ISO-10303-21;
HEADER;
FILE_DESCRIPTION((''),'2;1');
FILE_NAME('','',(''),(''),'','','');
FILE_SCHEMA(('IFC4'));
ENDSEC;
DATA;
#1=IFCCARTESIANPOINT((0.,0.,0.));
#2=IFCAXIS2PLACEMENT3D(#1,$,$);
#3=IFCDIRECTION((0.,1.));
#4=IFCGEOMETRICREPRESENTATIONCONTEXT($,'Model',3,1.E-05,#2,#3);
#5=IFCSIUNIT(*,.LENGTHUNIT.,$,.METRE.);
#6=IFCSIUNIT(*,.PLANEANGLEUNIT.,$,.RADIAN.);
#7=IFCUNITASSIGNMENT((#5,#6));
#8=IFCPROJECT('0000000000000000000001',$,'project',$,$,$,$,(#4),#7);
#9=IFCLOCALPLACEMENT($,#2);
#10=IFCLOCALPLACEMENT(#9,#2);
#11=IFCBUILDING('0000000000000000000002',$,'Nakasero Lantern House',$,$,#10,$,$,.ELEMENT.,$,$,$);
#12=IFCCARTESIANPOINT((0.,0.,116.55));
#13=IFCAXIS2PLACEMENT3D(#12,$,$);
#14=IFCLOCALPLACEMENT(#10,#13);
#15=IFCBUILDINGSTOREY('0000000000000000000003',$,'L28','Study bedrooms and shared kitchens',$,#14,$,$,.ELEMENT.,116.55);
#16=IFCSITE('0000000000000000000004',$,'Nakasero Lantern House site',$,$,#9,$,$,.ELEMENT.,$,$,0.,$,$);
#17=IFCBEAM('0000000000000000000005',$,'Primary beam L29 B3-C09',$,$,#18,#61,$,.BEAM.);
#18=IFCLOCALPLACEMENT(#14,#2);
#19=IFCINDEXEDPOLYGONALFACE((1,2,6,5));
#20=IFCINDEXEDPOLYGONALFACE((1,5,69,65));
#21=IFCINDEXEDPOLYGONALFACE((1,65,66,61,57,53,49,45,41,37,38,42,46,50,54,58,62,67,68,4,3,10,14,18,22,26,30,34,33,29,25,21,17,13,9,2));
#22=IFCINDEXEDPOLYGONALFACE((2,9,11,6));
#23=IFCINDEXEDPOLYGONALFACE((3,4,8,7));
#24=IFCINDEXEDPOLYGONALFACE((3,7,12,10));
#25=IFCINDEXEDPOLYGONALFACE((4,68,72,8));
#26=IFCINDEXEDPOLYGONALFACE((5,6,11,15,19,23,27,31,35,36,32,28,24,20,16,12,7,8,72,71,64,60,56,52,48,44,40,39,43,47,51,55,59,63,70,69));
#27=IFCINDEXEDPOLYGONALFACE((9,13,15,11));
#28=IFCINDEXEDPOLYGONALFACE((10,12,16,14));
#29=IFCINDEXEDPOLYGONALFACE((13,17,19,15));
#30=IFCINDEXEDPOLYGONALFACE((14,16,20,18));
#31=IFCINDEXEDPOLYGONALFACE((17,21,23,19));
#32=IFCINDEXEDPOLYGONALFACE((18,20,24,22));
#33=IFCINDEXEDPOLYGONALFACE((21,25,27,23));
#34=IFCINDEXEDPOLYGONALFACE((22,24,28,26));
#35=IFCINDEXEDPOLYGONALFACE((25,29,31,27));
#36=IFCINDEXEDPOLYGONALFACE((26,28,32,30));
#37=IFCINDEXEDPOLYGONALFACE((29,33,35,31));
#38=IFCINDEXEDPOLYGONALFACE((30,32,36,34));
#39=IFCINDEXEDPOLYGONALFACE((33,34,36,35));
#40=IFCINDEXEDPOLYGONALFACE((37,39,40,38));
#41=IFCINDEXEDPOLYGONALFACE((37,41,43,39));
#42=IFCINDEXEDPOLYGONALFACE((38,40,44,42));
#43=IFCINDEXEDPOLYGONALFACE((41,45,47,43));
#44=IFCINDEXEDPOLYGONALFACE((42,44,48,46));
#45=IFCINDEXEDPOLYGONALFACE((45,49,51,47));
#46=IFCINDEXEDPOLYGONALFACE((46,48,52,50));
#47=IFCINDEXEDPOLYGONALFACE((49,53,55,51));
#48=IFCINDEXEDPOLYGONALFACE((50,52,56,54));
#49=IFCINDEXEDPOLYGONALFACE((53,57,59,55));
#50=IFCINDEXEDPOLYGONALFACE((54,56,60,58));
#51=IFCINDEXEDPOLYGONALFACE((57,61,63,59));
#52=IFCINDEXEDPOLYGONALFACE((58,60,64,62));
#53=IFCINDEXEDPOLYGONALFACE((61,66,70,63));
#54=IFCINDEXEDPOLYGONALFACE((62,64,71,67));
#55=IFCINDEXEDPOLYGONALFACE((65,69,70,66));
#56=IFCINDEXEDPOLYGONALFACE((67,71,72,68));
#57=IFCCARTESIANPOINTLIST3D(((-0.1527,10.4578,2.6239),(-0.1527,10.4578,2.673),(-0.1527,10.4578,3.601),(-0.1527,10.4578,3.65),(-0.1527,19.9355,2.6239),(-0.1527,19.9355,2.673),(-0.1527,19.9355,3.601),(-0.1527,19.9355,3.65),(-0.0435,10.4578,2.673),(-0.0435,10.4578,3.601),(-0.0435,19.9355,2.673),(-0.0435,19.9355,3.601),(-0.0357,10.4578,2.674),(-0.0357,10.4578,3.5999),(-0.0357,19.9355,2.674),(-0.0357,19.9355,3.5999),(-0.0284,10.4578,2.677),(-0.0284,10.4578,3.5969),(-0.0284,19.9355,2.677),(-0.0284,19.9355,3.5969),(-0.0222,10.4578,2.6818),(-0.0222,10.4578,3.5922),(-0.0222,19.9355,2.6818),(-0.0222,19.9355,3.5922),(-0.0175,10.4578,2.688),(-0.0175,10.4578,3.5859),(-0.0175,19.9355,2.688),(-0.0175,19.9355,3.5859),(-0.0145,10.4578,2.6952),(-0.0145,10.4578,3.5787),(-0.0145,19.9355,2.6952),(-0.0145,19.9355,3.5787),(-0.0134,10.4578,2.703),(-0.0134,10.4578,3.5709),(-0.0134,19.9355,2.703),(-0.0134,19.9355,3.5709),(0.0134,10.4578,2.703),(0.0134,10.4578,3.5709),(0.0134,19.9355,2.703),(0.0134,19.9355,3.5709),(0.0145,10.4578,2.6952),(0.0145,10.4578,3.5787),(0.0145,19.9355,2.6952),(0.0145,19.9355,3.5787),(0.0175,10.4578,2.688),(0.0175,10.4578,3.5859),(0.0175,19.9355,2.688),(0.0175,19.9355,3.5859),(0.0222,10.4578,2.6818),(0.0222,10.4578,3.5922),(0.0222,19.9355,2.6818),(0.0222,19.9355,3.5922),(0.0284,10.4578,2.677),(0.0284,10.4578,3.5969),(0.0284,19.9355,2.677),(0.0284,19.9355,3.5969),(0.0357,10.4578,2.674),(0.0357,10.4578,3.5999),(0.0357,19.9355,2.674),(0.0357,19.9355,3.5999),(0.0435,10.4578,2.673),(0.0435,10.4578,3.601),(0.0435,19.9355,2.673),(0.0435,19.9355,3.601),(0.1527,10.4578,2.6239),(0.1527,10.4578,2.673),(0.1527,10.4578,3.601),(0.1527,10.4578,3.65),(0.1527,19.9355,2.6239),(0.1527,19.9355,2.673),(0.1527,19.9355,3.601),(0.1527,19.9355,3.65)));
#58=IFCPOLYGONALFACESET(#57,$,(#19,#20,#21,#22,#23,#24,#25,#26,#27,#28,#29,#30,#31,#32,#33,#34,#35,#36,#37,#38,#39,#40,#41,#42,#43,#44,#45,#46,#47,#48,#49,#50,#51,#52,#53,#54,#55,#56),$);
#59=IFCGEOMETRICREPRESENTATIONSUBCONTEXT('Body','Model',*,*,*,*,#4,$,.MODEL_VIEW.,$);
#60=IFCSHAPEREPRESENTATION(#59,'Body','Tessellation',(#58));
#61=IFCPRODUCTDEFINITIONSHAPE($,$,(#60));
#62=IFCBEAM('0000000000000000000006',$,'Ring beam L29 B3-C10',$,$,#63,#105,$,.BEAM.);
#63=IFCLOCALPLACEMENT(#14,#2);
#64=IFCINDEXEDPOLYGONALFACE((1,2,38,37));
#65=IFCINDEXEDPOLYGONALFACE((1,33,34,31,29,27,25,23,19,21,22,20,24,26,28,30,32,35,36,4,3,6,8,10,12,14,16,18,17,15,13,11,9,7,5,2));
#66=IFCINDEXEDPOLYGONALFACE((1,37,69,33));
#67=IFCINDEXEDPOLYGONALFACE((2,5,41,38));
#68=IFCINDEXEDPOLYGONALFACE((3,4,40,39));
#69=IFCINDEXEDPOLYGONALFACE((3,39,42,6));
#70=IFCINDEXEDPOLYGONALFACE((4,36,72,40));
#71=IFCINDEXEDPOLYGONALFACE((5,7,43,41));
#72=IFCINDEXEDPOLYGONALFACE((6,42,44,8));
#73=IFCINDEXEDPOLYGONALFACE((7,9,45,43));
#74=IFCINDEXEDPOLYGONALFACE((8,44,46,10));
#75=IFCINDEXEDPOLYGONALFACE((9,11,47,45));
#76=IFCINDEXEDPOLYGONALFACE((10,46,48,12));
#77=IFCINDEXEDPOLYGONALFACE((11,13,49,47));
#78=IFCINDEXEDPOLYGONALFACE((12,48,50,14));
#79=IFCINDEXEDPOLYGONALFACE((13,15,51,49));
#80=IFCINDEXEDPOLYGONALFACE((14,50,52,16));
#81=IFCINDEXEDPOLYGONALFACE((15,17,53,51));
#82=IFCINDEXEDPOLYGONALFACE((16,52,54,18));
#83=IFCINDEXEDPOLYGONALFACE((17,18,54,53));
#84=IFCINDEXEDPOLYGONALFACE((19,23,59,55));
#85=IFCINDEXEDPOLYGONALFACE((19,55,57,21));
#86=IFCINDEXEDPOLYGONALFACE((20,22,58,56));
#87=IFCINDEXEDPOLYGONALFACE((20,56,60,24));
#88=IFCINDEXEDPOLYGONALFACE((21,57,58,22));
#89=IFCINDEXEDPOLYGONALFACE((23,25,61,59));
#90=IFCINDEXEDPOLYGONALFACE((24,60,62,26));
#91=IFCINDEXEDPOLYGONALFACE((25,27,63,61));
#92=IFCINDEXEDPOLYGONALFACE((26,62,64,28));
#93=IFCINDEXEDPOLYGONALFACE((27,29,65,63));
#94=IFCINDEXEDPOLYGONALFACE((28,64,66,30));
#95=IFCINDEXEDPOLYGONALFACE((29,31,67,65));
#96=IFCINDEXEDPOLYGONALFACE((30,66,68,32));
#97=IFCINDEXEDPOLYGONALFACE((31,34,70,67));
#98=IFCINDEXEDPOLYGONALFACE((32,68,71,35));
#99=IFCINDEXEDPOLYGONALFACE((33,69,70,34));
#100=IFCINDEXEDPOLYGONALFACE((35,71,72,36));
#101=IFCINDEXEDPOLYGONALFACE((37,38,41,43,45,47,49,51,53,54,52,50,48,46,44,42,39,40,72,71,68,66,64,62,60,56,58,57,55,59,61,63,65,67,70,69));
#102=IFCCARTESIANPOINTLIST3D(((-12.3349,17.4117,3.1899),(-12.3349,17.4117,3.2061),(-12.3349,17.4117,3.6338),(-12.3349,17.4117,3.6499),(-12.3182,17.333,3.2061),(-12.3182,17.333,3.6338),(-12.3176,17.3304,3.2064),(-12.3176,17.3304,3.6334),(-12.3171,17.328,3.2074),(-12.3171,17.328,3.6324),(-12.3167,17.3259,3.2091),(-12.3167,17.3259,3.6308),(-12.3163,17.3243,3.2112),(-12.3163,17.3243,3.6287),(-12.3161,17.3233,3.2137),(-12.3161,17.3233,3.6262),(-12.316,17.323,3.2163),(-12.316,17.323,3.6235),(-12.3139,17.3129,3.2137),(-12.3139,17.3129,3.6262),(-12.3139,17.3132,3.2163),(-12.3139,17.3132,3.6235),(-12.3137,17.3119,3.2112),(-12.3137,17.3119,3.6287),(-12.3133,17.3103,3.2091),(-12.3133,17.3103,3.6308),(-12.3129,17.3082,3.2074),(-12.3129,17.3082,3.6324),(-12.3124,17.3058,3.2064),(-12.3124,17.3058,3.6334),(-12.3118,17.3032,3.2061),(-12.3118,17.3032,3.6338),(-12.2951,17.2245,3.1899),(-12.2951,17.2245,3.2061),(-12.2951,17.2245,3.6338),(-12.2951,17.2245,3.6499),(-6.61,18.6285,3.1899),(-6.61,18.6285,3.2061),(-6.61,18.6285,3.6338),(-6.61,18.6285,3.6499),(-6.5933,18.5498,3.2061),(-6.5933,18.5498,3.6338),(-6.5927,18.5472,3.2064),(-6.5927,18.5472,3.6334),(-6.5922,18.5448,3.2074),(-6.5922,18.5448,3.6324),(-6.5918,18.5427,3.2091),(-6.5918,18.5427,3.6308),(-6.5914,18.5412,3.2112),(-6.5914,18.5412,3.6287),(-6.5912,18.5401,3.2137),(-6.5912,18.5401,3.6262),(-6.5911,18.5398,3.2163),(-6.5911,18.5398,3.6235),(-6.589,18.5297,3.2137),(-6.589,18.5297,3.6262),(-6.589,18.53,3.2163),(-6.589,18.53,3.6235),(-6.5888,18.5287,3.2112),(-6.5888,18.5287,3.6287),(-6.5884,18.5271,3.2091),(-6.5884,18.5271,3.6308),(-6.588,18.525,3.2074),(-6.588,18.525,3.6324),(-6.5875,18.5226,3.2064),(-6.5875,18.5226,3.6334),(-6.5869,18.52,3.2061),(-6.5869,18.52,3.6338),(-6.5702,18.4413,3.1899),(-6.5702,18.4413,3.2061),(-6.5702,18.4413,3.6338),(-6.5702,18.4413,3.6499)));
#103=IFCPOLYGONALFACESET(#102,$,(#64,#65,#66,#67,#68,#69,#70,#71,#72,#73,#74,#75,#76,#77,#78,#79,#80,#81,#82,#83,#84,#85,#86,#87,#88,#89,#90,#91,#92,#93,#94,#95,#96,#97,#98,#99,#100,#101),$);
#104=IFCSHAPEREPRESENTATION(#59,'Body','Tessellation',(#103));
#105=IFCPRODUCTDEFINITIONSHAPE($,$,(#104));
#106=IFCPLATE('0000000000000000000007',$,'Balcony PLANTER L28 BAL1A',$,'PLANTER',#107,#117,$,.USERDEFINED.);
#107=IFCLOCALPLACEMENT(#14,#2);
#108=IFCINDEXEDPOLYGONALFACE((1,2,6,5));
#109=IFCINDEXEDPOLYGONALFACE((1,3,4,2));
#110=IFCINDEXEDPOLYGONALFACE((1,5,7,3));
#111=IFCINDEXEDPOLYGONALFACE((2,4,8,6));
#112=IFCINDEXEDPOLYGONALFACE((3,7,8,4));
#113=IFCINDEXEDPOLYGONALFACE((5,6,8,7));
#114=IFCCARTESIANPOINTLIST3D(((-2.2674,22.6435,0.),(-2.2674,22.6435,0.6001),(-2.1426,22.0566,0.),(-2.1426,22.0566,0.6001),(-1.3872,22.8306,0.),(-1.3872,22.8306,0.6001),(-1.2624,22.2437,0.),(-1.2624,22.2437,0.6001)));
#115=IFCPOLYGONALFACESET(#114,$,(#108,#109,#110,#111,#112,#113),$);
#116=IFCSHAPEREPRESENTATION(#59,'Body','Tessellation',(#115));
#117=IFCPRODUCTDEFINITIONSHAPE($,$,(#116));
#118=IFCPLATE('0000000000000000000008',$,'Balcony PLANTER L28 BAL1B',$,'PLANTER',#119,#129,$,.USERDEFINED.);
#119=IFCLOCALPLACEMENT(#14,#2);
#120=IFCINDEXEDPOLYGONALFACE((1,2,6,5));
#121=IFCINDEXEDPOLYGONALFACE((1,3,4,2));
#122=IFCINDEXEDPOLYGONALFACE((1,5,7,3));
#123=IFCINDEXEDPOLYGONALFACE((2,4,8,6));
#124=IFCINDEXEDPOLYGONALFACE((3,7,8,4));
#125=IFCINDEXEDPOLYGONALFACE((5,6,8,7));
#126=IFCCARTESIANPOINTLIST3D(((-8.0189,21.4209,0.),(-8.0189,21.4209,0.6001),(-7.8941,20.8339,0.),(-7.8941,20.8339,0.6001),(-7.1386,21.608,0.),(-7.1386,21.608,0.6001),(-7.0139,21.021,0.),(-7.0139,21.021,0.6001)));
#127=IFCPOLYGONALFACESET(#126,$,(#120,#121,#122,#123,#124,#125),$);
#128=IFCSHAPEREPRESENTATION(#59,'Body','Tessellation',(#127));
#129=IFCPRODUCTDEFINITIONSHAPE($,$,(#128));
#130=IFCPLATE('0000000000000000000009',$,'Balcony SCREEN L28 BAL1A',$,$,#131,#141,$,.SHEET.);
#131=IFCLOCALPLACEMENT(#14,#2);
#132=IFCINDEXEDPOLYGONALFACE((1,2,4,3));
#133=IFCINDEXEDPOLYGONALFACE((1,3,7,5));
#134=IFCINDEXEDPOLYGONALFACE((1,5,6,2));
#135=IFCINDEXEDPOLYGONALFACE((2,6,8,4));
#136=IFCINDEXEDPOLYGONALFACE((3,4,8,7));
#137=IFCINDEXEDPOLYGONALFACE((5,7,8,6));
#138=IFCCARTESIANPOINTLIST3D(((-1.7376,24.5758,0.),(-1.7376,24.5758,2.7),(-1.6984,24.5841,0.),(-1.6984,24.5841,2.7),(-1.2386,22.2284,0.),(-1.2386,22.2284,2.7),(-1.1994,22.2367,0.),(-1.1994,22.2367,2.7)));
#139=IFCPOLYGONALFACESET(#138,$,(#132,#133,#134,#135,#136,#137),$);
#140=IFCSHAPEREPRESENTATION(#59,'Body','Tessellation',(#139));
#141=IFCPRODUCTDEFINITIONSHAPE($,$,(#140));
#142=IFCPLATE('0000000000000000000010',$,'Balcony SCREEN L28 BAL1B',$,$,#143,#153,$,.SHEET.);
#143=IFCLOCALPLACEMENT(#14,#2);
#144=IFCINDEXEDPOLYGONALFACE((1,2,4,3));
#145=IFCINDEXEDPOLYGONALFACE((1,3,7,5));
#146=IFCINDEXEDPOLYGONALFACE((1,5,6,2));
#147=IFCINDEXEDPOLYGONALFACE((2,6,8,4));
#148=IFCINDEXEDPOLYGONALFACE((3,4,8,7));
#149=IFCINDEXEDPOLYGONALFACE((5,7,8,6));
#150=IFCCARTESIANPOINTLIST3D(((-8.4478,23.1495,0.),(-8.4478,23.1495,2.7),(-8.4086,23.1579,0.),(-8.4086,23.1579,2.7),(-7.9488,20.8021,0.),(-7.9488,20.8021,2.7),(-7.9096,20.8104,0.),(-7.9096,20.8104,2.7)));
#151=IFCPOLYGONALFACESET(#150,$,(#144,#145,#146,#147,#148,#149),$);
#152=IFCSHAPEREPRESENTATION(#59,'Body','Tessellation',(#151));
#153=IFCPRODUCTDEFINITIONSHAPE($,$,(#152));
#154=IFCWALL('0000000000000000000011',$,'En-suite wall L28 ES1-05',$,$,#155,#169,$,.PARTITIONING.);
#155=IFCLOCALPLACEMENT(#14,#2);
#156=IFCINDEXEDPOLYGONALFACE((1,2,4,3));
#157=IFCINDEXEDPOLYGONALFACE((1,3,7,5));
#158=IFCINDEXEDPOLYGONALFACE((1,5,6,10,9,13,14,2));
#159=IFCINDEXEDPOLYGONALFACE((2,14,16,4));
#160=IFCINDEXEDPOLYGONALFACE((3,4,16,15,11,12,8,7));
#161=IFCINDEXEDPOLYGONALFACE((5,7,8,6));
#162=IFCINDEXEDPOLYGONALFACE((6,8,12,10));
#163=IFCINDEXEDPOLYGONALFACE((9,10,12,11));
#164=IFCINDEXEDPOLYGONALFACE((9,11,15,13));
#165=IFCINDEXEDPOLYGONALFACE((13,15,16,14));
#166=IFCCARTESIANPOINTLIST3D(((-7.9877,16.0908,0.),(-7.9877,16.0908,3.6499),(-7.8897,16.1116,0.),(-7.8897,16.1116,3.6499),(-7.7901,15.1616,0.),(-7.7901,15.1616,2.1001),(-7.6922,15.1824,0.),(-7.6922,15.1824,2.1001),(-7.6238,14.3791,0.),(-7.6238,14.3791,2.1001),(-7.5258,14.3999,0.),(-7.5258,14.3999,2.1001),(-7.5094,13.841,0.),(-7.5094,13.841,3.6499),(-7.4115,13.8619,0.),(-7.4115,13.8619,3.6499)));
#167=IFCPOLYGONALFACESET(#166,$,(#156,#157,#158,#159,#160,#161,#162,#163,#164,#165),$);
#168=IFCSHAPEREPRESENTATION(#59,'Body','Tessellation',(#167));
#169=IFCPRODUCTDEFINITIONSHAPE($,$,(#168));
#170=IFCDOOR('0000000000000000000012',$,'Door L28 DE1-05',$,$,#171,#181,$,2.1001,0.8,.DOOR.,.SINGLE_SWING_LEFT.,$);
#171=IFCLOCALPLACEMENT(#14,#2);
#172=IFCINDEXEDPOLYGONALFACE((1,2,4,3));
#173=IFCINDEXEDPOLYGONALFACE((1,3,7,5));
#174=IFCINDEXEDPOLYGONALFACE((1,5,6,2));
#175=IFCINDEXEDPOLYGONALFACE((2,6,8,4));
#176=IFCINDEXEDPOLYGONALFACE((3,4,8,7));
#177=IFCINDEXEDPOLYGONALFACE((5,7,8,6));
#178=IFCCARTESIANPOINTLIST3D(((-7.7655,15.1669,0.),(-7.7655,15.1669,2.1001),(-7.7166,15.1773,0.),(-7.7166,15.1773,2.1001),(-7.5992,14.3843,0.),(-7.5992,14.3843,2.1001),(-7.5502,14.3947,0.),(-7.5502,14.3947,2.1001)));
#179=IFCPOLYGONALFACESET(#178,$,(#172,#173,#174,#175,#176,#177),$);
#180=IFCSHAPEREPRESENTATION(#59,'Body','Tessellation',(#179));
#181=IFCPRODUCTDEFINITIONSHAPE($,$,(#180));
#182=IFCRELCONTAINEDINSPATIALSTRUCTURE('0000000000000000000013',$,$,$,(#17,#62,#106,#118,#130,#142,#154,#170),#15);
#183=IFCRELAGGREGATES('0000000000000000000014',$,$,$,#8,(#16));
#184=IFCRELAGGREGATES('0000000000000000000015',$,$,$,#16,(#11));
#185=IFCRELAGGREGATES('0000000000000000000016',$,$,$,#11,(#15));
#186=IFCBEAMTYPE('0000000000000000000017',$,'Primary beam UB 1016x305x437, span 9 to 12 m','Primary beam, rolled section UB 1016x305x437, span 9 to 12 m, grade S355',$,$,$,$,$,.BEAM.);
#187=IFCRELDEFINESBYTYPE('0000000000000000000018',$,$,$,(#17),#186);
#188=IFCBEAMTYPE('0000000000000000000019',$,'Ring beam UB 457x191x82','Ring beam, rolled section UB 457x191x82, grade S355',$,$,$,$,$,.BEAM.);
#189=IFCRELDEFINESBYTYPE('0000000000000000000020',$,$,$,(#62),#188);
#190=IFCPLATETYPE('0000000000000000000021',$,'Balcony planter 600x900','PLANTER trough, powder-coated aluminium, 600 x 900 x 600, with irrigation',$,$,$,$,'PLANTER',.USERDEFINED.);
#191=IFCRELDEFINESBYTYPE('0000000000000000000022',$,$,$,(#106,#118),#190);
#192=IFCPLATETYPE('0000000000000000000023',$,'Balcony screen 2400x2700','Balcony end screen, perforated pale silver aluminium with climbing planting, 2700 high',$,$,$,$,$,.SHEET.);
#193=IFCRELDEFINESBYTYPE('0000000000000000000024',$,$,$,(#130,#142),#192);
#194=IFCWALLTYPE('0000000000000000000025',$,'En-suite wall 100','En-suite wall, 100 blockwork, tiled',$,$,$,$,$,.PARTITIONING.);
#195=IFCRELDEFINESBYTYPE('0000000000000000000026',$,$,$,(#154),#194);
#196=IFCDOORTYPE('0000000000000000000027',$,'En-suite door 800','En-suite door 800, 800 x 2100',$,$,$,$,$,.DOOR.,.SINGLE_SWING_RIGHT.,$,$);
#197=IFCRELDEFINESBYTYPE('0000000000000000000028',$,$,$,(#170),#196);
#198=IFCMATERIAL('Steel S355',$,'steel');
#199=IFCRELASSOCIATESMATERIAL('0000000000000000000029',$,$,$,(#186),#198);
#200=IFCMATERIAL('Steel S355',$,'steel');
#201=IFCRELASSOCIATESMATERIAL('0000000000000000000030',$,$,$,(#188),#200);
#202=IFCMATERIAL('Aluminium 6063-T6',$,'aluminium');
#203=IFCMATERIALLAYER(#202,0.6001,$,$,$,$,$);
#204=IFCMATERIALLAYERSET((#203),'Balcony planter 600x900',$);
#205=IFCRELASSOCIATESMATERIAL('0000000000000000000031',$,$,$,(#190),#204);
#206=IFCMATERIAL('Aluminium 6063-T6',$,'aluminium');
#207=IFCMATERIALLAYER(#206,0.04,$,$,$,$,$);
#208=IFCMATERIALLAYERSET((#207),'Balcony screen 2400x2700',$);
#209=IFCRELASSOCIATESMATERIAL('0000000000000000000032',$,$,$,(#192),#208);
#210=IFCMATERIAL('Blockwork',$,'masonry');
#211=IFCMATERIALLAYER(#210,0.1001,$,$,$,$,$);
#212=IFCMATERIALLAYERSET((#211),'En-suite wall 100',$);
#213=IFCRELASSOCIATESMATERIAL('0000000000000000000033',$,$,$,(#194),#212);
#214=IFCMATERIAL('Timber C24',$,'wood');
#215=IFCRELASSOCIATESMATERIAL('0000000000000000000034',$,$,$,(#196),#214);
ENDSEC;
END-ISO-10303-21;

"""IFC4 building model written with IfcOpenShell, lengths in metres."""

from ifc_helpers import new_model, si_unit, direction, frame, frame_2d, origin, origin_2d, place, context, subcontext, project, spatial, rectangle, i_section, extrude, material, layer, layer_set, material_profile, profile_set, type_object, element, fill, save


model = new_model("IFC4")

# Units and contexts
model_context = context("Model", 3, precision=1e-05, world=origin(), true_north=direction((0.0, 1.0)))
body_context = subcontext(model_context, "Body", "Model", "MODEL_VIEW")
ifc_project = project(units=[si_unit("LENGTHUNIT", "METRE"), si_unit("PLANEANGLEUNIT", "RADIAN")], contexts=[model_context])

# Site, building, storey
site_placement = place(None, origin())
site = spatial("IfcSite", under=ifc_project, at=site_placement, Name="Nakasero Lantern House site", CompositionType="ELEMENT", RefElevation=0.0)
building_placement = place(site_placement, origin())
building = spatial("IfcBuilding", under=site, at=building_placement, Name="Nakasero Lantern House", CompositionType="ELEMENT")
storey_placement = place(building_placement, frame((0.0, 0.0, 116.55)))
storey = spatial("IfcBuildingStorey", under=building, at=storey_placement, Name="L28", Description="Study bedrooms and shared kitchens", CompositionType="ELEMENT", Elevation=116.55)

# Beams
ifc_material_1 = material(Name="Steel S355", Category="steel")
ifc_material_profile_1 = material_profile(ifc_material_1, i_section(OverallWidth=0.3054, OverallDepth=1.0261, WebThickness=0.0269, FlangeThickness=0.0491, FilletRadius=0.03, at=origin_2d()), Name="UB 1016x305x437")
ifc_profile_set_1 = profile_set([ifc_material_profile_1], Name="Steel S355")
beam_type_1 = type_object("IfcBeamType", Name="Primary beam UB 1016x305x437, span 9 to 12 m", Description="Primary beam, rolled section UB 1016x305x437, span 9 to 12 m, grade S355", PredefinedType="BEAM", material=ifc_profile_set_1)
beam_1_placement = place(storey_placement, frame((0.0, 19.9355, 3.137), z_axis=(0.0, -1.0, 0.0), x_axis=(1.0, 0.0, 0.0)))
element("IfcBeam", 1, at=beam_1_placement, inside=storey, type_object=beam_type_1, Name="Primary beam L29 B3-C09", PredefinedType="BEAM", context=body_context, shape_type="SweptSolid", body=[
    extrude(i_section(OverallWidth=0.3054, OverallDepth=1.0261, WebThickness=0.0269, FlangeThickness=0.0491, FilletRadius=0.03, at=origin_2d()), origin(), (0.0, 0.0, 1.0), 9.4778),
])
ifc_material_2 = material(Name="Steel S355", Category="steel")
ifc_material_profile_2 = material_profile(ifc_material_2, i_section(OverallWidth=0.1914, OverallDepth=0.46, WebThickness=0.01, FlangeThickness=0.0161, FilletRadius=0.0103, at=origin_2d()), Name="UB 457x191x82")
ifc_profile_set_2 = profile_set([ifc_material_profile_2], Name="Steel S355")
beam_type_2 = type_object("IfcBeamType", Name="Ring beam UB 457x191x82", Description="Ring beam, rolled section UB 457x191x82, grade S355", PredefinedType="BEAM", material=ifc_profile_set_2)
beam_2_placement = place(storey_placement, frame((-6.5901, 18.5349, 3.4199), z_axis=(-0.97815, -0.207902, 0.0), x_axis=(0.207902, -0.97815, 0.0)))
element("IfcBeam", 2, at=beam_2_placement, inside=storey, type_object=beam_type_2, Name="Ring beam L29 B3-C10", PredefinedType="BEAM", context=body_context, shape_type="SweptSolid", body=[
    extrude(i_section(OverallWidth=0.1914, OverallDepth=0.46, WebThickness=0.01, FlangeThickness=0.0161, FilletRadius=0.0103, at=origin_2d()), origin(), (0.0, 0.0, 1.0), 5.8528),
])

# Plates
ifc_material_3 = material(Name="Aluminium 6063-T6", Category="aluminium")
ifc_layer_1 = layer(ifc_material_3, 0.6001)
ifc_layer_set_1 = layer_set([ifc_layer_1], Name="Balcony planter 600x900")
plate_type_1 = type_object("IfcPlateType", Name="Balcony planter 600x900", Description="PLANTER trough, powder-coated aluminium, 600 x 900 x 600, with irrigation", ElementType="PLANTER", PredefinedType="USERDEFINED", material=ifc_layer_set_1)
for number, where, z_axis, x_axis, name in (
    (3, (-1.7649, 22.4436, 0.0), (0.0, 0.0, 1.0), (-0.207912, 0.978148, 0.0), "Balcony PLANTER L28 BAL1A"),
    (4, (-7.5164, 21.2209, 0.0), (0.0, 0.0, 1.0), (-0.207912, 0.978148, 0.0), "Balcony PLANTER L28 BAL1B"),
):
    element("IfcPlate", number, at=place(storey_placement, frame(where, z_axis=z_axis, x_axis=x_axis)), inside=storey, type_object=plate_type_1, Name=name, ObjectType="PLANTER", PredefinedType="USERDEFINED", context=body_context, shape_type="SweptSolid", body=[
        extrude(rectangle(XDim=0.6001, YDim=0.8999, at=origin_2d()), origin(), (0.0, 0.0, 1.0), 0.6001),
    ])
ifc_material_4 = material(Name="Aluminium 6063-T6", Category="aluminium")
ifc_layer_2 = layer(ifc_material_4, 0.04)
ifc_layer_set_2 = layer_set([ifc_layer_2], Name="Balcony screen 2400x2700")
plate_type_2 = type_object("IfcPlateType", Name="Balcony screen 2400x2700", Description="Balcony end screen, perforated pale silver aluminium with climbing planting, 2700 high", PredefinedType="SHEET", material=ifc_layer_set_2)
for number, where, z_axis, x_axis, name in (
    (5, (-1.4685, 23.4062, 0.0), (0.0, 0.0, 1.0), (-0.207912, 0.978148, 0.0), "Balcony SCREEN L28 BAL1A"),
    (6, (-8.1787, 21.98, 0.0), (0.0, 0.0, 1.0), (-0.207912, 0.978148, 0.0), "Balcony SCREEN L28 BAL1B"),
):
    element("IfcPlate", number, at=place(storey_placement, frame(where, z_axis=z_axis, x_axis=x_axis)), inside=storey, type_object=plate_type_2, Name=name, PredefinedType="SHEET", context=body_context, shape_type="SweptSolid", body=[
        extrude(rectangle(XDim=2.3999, YDim=0.04, at=origin_2d()), origin(), (0.0, 0.0, 1.0), 2.7),
    ])

# Wall, opening, door
ifc_material_5 = material(Name="Blockwork", Category="masonry")
ifc_layer_3 = layer(ifc_material_5, 0.1001)
ifc_layer_set_3 = layer_set([ifc_layer_3], Name="En-suite wall 100")
wall_type_1 = type_object("IfcWallType", Name="En-suite wall 100", Description="En-suite wall, 100 blockwork, tiled", PredefinedType="PARTITIONING", material=ifc_layer_set_3)
wall_1_placement = place(storey_placement, frame((-7.4604, 13.8516, 0.0), z_axis=(0.0, 0.0, 1.0), x_axis=(-0.207941, 0.978141, 0.0)))
wall_1 = element("IfcWall", 7, at=wall_1_placement, inside=storey, type_object=wall_type_1, Name="En-suite wall L28 ES1-05", PredefinedType="PARTITIONING", context=body_context, shape_type="SweptSolid", body=[
    extrude(rectangle(XDim=2.3, YDim=0.1001, at=frame_2d((1.1499, 0.0))), origin(), (0.0, 0.0, 1.0), 3.6499),
])
opening_1_placement = place(wall_1_placement, frame((0.55, 0.0, 0.0)))
opening_1 = element("IfcOpeningElement", 8, at=opening_1_placement, cuts=wall_1, PredefinedType="OPENING", context=body_context, shape_type="SweptSolid", body=[
    extrude(rectangle(XDim=0.8, YDim=2.1001, at=frame_2d((0.3999, 1.05))), frame((0.0, 0.0701, 0.0), z_axis=(0.0, -1.0, 0.0), x_axis=(1.0, 0.0, 0.0)), (0.0, 0.0, 1.0), 0.1401),
])
ifc_material_6 = material(Name="Timber C24", Category="wood")
door_type_1 = type_object("IfcDoorType", Name="En-suite door 800", Description="En-suite door 800, 800 x 2100", OperationType="SINGLE_SWING_RIGHT", PredefinedType="DOOR", material=ifc_material_6)
door_1_placement = place(opening_1_placement, origin())
door_1 = element("IfcDoor", 9, at=door_1_placement, inside=storey, type_object=door_type_1, Name="Door L28 DE1-05", OperationType="SINGLE_SWING_LEFT", OverallHeight=2.1001, OverallWidth=0.8, PredefinedType="DOOR", context=body_context, shape_type="SweptSolid", body=[
    extrude(rectangle(XDim=0.8, YDim=2.1001, at=frame_2d((0.3999, 1.05))), frame((0.0, 0.0249, 0.0), z_axis=(0.0, -1.0, 0.0), x_axis=(1.0, 0.0, 0.0)), (0.0, 0.0, 1.0), 0.05),
])
fill(opening_1, door_1)

save(model, "model.ifc")
